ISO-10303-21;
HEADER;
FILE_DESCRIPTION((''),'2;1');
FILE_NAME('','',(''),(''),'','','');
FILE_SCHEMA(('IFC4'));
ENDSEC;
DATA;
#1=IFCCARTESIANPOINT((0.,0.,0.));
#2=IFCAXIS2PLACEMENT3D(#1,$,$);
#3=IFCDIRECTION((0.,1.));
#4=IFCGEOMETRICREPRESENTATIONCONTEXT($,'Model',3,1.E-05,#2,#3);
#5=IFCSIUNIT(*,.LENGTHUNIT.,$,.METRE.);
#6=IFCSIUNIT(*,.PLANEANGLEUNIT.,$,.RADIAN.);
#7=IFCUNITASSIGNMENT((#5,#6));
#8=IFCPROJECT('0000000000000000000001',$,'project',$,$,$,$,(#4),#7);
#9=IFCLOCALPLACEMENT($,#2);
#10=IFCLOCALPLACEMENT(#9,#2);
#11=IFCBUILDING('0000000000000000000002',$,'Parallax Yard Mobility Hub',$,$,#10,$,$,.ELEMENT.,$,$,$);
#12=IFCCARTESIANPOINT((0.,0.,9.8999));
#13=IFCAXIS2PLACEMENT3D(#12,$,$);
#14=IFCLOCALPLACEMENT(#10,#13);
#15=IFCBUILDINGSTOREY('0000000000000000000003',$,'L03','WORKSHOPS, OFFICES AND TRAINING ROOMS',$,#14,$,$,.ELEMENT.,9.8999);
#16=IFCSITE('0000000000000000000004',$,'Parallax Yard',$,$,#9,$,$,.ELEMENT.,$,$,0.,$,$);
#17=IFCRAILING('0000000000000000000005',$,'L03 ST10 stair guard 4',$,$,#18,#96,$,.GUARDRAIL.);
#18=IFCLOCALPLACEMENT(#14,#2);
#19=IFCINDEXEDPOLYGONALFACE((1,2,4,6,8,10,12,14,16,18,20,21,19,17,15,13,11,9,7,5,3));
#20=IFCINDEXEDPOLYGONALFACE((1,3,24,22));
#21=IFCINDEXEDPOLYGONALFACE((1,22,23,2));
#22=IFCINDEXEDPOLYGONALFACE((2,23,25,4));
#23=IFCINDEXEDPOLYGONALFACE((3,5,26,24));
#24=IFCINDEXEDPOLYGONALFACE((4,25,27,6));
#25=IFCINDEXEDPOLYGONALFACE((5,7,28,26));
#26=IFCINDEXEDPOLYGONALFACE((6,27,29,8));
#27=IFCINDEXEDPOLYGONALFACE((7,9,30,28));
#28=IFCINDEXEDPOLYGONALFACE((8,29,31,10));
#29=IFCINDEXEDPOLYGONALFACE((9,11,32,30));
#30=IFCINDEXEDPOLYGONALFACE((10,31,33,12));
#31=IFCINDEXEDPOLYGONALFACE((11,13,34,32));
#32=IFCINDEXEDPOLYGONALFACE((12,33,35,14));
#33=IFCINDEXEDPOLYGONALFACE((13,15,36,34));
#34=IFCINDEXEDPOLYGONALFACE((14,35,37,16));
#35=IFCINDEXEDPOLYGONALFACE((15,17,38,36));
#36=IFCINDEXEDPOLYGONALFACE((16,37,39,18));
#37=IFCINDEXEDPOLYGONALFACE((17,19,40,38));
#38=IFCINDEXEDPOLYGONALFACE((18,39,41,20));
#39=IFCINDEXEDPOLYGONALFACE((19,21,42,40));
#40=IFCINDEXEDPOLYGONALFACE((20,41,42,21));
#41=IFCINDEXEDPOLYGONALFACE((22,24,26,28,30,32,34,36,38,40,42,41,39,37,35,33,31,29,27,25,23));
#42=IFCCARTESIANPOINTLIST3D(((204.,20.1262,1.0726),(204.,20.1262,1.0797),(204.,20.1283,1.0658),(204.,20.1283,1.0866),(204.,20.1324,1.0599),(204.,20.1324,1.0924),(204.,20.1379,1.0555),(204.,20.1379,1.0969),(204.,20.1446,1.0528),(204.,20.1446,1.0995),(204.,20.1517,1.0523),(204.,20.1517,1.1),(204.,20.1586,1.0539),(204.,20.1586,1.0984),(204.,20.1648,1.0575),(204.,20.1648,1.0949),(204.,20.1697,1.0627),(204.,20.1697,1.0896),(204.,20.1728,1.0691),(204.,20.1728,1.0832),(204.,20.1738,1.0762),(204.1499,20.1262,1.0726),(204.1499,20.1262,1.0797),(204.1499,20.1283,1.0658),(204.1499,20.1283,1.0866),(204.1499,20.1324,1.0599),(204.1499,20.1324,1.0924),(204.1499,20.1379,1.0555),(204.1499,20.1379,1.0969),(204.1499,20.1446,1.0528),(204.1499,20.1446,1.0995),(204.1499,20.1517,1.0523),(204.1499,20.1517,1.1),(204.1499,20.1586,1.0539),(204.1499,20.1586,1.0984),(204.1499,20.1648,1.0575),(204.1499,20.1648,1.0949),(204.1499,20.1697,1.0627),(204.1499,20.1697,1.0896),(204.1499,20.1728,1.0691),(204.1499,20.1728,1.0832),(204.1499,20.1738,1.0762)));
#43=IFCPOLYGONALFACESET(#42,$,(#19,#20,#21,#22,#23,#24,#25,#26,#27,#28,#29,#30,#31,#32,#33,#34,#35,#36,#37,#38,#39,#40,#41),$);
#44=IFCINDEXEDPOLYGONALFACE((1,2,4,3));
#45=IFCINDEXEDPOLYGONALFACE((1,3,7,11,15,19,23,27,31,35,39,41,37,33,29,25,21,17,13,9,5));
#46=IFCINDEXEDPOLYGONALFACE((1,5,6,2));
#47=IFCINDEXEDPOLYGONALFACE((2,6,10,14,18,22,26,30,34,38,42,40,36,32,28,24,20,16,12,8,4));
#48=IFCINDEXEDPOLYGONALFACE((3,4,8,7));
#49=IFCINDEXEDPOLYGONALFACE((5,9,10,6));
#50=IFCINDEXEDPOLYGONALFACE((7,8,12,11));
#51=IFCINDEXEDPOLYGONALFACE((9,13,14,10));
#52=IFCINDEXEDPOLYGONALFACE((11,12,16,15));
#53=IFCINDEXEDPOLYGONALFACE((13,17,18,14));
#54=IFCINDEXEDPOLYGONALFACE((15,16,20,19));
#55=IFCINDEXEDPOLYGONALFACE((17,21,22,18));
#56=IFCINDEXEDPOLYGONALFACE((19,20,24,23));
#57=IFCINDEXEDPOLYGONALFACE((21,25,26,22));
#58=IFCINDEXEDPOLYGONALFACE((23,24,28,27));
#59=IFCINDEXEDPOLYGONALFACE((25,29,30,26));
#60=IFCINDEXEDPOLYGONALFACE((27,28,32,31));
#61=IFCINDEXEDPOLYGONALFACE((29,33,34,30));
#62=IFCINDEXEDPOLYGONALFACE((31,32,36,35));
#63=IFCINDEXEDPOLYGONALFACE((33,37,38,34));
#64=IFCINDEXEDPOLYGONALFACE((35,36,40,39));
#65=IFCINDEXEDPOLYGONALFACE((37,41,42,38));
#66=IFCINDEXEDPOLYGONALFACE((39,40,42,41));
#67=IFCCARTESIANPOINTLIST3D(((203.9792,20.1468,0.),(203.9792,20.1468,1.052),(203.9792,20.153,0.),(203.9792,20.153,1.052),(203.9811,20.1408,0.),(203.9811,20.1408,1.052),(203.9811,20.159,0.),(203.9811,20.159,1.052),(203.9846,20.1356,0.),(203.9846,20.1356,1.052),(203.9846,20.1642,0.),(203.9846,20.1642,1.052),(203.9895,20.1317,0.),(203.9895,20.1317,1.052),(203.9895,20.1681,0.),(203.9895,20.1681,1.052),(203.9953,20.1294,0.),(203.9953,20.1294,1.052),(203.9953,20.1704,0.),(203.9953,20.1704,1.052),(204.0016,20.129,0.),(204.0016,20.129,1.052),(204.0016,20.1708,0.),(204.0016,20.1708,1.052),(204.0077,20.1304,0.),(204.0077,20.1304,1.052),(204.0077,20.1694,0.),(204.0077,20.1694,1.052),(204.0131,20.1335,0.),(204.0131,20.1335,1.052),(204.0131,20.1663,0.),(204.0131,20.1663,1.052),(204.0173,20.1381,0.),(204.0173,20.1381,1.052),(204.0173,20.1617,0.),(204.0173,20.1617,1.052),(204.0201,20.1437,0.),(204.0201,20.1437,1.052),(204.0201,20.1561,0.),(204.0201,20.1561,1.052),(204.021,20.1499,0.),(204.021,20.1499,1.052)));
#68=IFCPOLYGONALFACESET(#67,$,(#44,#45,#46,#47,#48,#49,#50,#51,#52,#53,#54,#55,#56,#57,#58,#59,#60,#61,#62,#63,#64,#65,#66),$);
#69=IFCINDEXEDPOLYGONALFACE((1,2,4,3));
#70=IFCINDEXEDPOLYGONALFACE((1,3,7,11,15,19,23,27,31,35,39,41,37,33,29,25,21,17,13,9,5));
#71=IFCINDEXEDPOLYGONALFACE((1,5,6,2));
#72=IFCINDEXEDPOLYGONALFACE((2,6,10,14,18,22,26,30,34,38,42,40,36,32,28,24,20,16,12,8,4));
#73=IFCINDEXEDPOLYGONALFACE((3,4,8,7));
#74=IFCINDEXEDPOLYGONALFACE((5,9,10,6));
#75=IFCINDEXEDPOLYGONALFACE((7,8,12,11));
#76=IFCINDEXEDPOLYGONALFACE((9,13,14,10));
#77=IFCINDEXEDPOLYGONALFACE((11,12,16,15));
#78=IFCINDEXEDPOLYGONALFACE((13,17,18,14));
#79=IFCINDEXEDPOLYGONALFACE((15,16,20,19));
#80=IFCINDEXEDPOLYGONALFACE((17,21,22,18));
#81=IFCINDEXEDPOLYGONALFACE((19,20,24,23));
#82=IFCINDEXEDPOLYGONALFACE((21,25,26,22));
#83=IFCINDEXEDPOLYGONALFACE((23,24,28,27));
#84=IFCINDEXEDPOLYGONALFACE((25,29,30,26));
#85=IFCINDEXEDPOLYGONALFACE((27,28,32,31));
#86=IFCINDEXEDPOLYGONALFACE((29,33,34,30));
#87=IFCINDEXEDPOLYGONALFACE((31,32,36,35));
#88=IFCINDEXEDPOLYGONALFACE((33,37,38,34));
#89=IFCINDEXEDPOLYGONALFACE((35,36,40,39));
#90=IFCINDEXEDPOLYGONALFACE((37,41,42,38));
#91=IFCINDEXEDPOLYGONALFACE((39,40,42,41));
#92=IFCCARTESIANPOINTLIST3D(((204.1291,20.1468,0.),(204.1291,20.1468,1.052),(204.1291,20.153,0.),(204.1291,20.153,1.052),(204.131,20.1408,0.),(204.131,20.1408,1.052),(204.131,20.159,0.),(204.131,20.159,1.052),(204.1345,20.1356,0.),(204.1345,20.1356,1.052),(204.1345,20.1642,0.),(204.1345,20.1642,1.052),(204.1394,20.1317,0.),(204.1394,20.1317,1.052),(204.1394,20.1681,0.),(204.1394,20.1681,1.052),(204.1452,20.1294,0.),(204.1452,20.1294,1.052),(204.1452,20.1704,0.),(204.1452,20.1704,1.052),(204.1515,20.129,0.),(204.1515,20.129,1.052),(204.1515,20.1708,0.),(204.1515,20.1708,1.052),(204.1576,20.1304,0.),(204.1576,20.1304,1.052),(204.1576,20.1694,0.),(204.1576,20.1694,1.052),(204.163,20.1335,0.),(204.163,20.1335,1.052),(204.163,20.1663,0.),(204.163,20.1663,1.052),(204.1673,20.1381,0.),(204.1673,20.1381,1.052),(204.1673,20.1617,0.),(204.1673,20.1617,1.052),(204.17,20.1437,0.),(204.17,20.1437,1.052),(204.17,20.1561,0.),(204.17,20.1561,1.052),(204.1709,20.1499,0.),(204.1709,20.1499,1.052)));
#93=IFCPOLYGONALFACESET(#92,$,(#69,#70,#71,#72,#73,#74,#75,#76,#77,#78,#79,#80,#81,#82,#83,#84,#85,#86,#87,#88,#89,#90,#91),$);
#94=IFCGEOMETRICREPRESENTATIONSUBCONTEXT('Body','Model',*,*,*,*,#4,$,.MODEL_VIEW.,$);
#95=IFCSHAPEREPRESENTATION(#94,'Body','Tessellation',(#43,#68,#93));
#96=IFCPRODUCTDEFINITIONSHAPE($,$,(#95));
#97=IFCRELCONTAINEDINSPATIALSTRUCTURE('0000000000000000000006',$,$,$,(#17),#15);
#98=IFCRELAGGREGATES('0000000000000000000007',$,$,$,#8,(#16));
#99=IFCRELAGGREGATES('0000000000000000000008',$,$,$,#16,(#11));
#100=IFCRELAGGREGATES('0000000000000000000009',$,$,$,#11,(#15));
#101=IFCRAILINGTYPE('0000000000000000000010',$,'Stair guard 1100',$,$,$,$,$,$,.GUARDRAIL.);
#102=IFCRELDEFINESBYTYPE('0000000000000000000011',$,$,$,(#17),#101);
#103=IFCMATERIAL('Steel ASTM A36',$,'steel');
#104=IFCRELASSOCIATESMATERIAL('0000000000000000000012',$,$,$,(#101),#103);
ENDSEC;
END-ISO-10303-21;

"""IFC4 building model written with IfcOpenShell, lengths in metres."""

from ifc_helpers import new_model, si_unit, direction, frame, origin, origin_2d, place, context, subcontext, project, spatial, circle, extrude, material, type_object, element, save


model = new_model("IFC4")

# Units and contexts
model_context = context("Model", 3, precision=1e-05, world=origin(), true_north=direction((0.0, 1.0)))
body_context = subcontext(model_context, "Body", "Model", "MODEL_VIEW")
ifc_project = project(units=[si_unit("LENGTHUNIT", "METRE"), si_unit("PLANEANGLEUNIT", "RADIAN")], contexts=[model_context])

# Site, building, storey
site_placement = place(None, origin())
site = spatial("IfcSite", under=ifc_project, at=site_placement, Name="Parallax Yard", CompositionType="ELEMENT", RefElevation=0.0)
building_placement = place(site_placement, origin())
building = spatial("IfcBuilding", under=site, at=building_placement, Name="Parallax Yard Mobility Hub", CompositionType="ELEMENT")
storey_placement = place(building_placement, frame((0.0, 0.0, 9.8999)))
storey = spatial("IfcBuildingStorey", under=building, at=storey_placement, Name="L03", Description="WORKSHOPS, OFFICES AND TRAINING ROOMS", CompositionType="ELEMENT", Elevation=9.8999)

# Railing
ifc_material_1 = material(Name="Steel ASTM A36", Category="steel")
railing_type_1 = type_object("IfcRailingType", Name="Stair guard 1100", PredefinedType="GUARDRAIL", material=ifc_material_1)
railing_1_placement = place(storey_placement, frame((204.0, 20.1499, 0.0)))
element("IfcRailing", 1, at=railing_1_placement, inside=storey, type_object=railing_type_1, Name="L03 ST10 stair guard 4", PredefinedType="GUARDRAIL", context=body_context, shape_type="SweptSolid", body=[
    extrude(circle(Radius=0.0239, at=origin_2d()), frame((0.0, 0.0, 1.0762), z_axis=(1.0, 0.0, 0.0), x_axis=(0.0, 1.0, 0.0)), (0.0, 0.0, 1.0), 0.1499),
    extrude(circle(Radius=0.021, at=origin_2d()), origin(), (0.0, 0.0, 1.0), 1.052),
    extrude(circle(Radius=0.021, at=origin_2d()), frame((0.1499, 0.0, 0.0)), (0.0, 0.0, 1.0), 1.052),
])

save(model, "model.ifc")
